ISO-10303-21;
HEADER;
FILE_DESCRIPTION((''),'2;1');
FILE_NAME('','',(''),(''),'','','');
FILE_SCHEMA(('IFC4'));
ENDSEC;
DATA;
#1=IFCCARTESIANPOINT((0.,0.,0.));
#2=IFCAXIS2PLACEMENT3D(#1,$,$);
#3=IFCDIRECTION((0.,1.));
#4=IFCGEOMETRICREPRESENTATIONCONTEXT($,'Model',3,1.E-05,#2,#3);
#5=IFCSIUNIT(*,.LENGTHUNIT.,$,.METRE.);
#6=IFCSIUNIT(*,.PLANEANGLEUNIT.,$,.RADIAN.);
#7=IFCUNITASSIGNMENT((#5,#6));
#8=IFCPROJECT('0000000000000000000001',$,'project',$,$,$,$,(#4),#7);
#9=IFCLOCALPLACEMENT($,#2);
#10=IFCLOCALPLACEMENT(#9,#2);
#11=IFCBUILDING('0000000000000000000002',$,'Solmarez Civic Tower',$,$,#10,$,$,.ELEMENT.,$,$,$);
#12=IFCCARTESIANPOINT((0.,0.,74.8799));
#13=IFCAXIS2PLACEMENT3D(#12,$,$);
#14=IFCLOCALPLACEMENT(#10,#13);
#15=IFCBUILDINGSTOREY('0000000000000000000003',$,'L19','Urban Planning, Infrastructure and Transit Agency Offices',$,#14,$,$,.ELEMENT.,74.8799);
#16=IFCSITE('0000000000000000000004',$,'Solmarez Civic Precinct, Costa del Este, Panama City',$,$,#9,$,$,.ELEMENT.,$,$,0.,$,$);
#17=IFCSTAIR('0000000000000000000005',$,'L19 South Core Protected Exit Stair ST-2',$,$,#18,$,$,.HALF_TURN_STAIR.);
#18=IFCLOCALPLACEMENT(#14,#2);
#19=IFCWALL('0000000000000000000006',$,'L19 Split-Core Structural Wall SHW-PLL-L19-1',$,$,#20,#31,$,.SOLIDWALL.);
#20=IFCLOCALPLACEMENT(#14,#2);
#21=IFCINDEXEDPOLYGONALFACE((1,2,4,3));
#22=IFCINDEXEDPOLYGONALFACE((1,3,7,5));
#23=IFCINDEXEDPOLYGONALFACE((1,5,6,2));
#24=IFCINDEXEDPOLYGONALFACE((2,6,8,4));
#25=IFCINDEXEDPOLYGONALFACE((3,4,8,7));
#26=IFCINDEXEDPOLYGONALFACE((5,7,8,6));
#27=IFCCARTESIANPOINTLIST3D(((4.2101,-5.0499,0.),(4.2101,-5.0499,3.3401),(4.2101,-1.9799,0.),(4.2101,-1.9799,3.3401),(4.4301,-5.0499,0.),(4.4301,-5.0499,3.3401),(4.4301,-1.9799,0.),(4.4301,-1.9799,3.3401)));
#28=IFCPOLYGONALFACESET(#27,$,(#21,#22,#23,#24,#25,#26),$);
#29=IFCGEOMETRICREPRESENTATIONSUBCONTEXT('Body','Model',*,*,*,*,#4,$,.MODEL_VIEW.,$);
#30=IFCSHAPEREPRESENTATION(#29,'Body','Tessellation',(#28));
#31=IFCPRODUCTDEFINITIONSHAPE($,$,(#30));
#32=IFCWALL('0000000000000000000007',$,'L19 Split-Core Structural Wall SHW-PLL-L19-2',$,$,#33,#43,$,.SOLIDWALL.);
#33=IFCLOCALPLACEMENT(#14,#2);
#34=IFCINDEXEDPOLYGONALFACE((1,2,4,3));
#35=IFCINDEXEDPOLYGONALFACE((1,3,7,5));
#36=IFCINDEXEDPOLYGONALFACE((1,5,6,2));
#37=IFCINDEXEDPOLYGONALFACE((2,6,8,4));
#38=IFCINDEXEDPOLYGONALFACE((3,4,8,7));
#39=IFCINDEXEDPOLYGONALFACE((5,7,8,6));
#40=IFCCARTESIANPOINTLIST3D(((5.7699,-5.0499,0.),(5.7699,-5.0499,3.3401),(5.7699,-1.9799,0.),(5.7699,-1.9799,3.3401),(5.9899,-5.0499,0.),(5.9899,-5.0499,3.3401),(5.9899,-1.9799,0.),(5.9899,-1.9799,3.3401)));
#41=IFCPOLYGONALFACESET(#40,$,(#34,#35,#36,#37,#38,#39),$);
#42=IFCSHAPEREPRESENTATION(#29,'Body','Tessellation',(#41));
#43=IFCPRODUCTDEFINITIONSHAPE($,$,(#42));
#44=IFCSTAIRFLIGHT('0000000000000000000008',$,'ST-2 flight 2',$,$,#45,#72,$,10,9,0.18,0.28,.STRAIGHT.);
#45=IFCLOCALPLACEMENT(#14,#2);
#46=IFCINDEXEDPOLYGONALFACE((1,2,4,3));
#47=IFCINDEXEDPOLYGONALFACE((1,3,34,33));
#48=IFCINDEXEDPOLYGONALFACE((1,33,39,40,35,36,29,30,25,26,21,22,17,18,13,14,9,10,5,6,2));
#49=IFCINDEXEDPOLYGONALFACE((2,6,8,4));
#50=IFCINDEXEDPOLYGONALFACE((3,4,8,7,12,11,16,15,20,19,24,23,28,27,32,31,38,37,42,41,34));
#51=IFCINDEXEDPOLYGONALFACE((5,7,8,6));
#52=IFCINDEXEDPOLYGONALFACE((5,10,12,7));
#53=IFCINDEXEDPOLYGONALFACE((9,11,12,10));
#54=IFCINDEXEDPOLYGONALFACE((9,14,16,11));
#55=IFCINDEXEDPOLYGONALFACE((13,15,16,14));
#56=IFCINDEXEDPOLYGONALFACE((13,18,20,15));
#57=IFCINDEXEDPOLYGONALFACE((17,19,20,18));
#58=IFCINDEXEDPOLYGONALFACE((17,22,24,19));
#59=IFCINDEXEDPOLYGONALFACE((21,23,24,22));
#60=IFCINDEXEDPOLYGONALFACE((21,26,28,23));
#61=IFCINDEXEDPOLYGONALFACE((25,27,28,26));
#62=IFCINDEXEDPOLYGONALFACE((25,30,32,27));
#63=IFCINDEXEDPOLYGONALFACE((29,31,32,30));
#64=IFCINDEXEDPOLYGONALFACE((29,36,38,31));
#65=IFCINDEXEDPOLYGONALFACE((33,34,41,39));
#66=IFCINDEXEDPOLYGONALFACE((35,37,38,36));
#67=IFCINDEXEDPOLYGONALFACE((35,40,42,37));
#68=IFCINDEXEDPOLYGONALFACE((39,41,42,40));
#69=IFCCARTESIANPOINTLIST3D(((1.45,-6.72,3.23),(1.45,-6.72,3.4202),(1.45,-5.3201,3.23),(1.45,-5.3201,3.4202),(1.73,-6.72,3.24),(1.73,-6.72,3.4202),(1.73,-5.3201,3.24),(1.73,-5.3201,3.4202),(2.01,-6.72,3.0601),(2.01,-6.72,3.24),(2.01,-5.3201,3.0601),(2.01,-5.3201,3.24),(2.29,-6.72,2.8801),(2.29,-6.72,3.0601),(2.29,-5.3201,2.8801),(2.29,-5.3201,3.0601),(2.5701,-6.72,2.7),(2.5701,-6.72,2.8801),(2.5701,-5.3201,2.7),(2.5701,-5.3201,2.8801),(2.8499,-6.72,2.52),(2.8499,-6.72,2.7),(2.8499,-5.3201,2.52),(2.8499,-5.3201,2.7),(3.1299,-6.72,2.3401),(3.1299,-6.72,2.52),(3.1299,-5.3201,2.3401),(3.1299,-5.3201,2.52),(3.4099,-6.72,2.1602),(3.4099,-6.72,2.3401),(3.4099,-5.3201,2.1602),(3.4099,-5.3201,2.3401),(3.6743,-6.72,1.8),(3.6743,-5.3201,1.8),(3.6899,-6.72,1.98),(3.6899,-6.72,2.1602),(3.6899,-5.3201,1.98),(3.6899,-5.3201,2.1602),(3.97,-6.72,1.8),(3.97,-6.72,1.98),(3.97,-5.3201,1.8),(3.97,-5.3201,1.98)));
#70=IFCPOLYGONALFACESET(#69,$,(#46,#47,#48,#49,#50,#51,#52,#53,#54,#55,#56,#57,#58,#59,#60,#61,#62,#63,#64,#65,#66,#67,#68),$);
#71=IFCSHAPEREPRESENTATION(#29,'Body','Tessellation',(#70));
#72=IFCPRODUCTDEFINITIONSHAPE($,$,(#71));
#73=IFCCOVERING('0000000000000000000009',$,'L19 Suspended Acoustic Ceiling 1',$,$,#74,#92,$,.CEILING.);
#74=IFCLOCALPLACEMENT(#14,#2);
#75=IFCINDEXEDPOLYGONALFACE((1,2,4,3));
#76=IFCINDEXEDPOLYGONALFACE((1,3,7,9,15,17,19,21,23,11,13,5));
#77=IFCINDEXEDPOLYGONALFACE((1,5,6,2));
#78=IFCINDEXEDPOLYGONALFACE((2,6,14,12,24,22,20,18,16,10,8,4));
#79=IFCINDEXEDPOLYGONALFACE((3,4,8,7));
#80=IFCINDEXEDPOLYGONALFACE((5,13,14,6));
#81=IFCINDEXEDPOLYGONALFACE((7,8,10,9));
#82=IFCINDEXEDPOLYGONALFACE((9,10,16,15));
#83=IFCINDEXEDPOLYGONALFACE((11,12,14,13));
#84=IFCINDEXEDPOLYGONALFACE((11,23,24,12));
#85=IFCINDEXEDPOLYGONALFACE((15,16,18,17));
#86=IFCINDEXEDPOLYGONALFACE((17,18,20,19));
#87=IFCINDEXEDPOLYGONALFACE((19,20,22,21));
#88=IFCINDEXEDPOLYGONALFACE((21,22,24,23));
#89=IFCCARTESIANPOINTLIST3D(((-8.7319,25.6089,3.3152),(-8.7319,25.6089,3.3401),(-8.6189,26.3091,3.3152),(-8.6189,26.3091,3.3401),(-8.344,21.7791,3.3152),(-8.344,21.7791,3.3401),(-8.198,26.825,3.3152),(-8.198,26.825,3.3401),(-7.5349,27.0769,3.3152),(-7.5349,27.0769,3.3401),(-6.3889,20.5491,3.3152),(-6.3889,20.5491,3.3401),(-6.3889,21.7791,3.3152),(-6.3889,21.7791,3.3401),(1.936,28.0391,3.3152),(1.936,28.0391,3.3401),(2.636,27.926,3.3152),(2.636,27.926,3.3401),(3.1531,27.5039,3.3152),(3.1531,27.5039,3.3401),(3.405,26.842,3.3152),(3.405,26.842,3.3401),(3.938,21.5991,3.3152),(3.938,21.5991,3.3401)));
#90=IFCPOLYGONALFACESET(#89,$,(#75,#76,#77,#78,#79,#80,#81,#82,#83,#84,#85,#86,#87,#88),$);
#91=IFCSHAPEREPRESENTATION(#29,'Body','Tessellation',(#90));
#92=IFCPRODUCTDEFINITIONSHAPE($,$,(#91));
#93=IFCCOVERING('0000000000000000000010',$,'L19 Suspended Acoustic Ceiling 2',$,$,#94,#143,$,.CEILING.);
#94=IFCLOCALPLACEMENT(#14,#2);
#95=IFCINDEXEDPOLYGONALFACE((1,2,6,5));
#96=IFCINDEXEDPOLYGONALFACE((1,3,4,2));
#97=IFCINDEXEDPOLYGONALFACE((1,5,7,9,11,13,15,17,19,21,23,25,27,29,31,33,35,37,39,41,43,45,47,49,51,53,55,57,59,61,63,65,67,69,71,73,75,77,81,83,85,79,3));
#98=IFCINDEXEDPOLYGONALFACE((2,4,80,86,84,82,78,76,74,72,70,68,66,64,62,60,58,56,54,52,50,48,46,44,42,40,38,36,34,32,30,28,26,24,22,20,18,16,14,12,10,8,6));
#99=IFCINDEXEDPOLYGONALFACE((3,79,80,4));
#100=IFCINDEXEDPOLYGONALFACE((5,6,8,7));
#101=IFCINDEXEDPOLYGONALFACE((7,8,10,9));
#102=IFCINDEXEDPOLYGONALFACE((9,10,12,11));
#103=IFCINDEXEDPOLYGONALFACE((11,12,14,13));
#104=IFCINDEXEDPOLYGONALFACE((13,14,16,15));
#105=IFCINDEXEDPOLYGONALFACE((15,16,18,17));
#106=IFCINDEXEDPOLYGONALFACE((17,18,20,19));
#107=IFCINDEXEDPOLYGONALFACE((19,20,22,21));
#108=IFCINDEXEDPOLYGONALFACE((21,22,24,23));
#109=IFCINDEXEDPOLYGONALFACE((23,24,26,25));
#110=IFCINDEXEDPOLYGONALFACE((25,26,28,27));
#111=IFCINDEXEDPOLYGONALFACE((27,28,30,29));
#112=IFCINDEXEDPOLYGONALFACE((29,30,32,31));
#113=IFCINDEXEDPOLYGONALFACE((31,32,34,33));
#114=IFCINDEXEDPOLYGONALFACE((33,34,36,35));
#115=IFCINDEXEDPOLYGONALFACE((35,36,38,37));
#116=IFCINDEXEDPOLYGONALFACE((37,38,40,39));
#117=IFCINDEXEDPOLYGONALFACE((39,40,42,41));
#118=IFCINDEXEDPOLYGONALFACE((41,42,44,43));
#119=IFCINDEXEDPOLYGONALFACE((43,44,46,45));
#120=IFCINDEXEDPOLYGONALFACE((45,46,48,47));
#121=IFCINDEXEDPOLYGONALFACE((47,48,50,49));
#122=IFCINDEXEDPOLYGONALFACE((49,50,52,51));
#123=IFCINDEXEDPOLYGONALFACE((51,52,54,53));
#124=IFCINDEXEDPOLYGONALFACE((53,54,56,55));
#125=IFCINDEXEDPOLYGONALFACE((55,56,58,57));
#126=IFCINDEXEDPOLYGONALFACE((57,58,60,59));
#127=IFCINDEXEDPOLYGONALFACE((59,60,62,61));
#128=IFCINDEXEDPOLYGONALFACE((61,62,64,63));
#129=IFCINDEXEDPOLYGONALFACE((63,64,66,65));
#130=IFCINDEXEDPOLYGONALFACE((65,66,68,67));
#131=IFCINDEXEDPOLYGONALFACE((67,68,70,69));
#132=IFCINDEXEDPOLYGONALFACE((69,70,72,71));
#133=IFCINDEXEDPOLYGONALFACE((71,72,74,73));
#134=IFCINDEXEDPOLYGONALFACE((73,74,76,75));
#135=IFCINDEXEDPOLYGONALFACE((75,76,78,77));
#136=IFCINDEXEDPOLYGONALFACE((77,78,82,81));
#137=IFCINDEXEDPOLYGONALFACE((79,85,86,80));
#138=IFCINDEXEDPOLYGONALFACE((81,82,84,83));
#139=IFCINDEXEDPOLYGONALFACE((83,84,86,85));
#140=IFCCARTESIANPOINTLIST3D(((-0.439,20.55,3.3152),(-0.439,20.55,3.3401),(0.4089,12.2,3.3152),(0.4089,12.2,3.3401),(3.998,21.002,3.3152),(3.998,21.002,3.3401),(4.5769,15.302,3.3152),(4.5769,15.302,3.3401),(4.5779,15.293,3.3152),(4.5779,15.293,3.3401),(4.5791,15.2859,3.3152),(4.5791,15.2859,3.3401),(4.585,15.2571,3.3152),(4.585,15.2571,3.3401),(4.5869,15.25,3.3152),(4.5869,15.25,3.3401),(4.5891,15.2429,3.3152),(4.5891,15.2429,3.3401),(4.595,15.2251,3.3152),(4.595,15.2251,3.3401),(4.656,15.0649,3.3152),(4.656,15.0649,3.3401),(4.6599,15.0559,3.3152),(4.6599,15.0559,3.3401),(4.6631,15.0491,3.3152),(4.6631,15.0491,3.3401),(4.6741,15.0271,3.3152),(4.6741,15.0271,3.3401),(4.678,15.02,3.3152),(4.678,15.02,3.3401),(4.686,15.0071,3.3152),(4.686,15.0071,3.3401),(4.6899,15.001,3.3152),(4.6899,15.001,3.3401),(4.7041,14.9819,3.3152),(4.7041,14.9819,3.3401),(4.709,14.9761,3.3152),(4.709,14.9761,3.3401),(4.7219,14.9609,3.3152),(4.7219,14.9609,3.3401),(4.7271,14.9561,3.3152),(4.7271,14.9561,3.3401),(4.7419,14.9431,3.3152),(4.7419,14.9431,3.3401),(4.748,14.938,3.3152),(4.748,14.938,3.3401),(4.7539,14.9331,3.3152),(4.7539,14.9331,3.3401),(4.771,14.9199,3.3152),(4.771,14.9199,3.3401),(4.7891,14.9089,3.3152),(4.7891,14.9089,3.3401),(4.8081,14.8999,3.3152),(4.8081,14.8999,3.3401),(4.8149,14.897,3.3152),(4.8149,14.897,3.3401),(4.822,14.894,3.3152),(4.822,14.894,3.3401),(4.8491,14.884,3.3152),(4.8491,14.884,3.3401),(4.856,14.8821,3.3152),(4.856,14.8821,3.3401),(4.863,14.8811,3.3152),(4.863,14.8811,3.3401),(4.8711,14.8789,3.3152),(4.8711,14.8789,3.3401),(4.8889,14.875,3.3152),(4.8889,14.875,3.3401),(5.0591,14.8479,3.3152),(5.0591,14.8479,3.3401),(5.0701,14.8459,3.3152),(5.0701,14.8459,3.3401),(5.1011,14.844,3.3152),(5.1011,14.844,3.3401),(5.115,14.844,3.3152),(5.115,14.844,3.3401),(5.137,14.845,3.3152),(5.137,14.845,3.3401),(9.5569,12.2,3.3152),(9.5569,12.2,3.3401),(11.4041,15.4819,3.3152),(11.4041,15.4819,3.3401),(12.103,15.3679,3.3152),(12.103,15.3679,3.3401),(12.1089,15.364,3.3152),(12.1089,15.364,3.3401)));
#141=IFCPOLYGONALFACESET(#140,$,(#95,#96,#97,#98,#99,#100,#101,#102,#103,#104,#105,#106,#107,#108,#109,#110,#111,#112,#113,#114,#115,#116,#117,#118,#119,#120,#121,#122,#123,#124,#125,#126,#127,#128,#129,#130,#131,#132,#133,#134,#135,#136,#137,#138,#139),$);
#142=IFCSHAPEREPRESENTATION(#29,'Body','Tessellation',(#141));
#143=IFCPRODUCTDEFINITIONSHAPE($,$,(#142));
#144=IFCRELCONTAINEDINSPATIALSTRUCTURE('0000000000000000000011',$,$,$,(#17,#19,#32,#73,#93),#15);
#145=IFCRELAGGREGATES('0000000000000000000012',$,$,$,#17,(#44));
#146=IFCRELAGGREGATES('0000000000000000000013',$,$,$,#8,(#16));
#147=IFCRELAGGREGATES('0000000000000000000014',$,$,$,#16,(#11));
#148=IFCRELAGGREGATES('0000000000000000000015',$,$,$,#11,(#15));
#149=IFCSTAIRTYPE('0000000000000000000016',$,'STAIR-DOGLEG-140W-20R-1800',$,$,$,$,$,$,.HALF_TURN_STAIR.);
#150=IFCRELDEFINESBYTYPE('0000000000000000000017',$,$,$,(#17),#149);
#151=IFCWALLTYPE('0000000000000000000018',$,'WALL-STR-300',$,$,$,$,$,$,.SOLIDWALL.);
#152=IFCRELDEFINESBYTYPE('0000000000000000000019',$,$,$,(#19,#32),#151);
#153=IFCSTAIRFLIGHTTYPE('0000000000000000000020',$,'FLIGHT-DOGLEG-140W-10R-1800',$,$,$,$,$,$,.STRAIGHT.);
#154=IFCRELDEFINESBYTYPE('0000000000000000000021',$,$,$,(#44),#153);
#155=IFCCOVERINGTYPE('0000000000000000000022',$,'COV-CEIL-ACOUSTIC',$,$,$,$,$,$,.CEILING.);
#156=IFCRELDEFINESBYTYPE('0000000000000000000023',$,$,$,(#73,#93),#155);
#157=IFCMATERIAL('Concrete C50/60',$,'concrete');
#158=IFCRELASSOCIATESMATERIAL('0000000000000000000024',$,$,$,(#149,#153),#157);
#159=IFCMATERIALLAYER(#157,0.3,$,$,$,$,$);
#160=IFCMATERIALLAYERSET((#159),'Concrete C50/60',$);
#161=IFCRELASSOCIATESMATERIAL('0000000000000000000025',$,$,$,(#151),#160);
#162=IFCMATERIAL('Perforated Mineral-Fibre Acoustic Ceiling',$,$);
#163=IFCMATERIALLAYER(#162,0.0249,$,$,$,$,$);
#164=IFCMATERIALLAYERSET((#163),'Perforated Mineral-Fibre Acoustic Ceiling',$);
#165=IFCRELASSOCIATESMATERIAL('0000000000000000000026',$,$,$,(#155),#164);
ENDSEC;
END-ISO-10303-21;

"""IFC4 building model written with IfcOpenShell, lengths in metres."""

from ifc_helpers import new_model, si_unit, direction, frame, frame_2d, origin, place, context, subcontext, project, spatial, polyline, rectangle, outline, extrude, material, layer, layer_set, type_object, element, aggregate, save


model = new_model("IFC4")

# Units and contexts
model_context = context("Model", 3, precision=1e-05, world=origin(), true_north=direction((0.0, 1.0)))
body_context = subcontext(model_context, "Body", "Model", "MODEL_VIEW")
ifc_project = project(units=[si_unit("LENGTHUNIT", "METRE"), si_unit("PLANEANGLEUNIT", "RADIAN")], contexts=[model_context])

# Site, building, storey
site_placement = place(None, origin())
site = spatial("IfcSite", under=ifc_project, at=site_placement, Name="Solmarez Civic Precinct, Costa del Este, Panama City", CompositionType="ELEMENT", RefElevation=0.0)
building_placement = place(site_placement, origin())
building = spatial("IfcBuilding", under=site, at=building_placement, Name="Solmarez Civic Tower", CompositionType="ELEMENT")
storey_placement = place(building_placement, frame((0.0, 0.0, 74.8799)))
storey = spatial("IfcBuildingStorey", under=building, at=storey_placement, Name="L19", Description="Urban Planning, Infrastructure and Transit Agency Offices", CompositionType="ELEMENT", Elevation=74.8799)

# Stair
ifc_material_1 = material(Name="Concrete C50/60", Category="concrete")
stair_type = type_object("IfcStairType", Name="STAIR-DOGLEG-140W-20R-1800", PredefinedType="HALF_TURN_STAIR", material=ifc_material_1)
stair_1_placement = place(storey_placement, origin())
stair_1 = element("IfcStair", 1, at=stair_1_placement, inside=storey, type_object=stair_type, Name="L19 South Core Protected Exit Stair ST-2", PredefinedType="HALF_TURN_STAIR")

# Walls
ifc_layer_1 = layer(ifc_material_1, 0.3)
ifc_layer_set_1 = layer_set([ifc_layer_1], Name="Concrete C50/60")
wall_type = type_object("IfcWallType", Name="WALL-STR-300", PredefinedType="SOLIDWALL", material=ifc_layer_set_1)
for number, where, z_axis, x_axis, name in (
    (2, (4.3201, -5.05, 0.0), (0.0, 0.0, 1.0), (0.0, 1.0, 0.0), "L19 Split-Core Structural Wall SHW-PLL-L19-1"),
    (3, (5.8799, -5.05, 0.0), (0.0, 0.0, 1.0), (0.0, 1.0, 0.0), "L19 Split-Core Structural Wall SHW-PLL-L19-2"),
):
    element("IfcWall", number, at=place(storey_placement, frame(where, z_axis=z_axis, x_axis=x_axis)), inside=storey, type_object=wall_type, Name=name, PredefinedType="SOLIDWALL", context=body_context, shape_type="SweptSolid", body=[
        extrude(rectangle(XDim=3.0701, YDim=0.22, at=frame_2d((1.5352, 0.0))), origin(), (0.0, 0.0, 1.0), 3.3401),
    ])

# Stair flight
stair_flight_type = type_object("IfcStairFlightType", Name="FLIGHT-DOGLEG-140W-10R-1800", PredefinedType="STRAIGHT", material=ifc_material_1)
stair_flight_placement = place(storey_placement, frame((3.97, -6.02, 1.8), z_axis=(0.0, 0.0, 1.0), x_axis=(-1.0, 0.0, 0.0)))
stair_flight = element("IfcStairFlight", 4, at=stair_flight_placement, type_object=stair_flight_type, Name="ST-2 flight 2", NumberOfRisers=10, NumberOfTreads=9, PredefinedType="STRAIGHT", RiserHeight=0.18, TreadLength=0.28, context=body_context, shape_type="SweptSolid", body=[
    extrude(outline(polyline([(0.0, 0.0), (0.0, 0.1799), (0.28, 0.1799), (0.28, 0.3601), (0.5601, 0.3601), (0.5601, 0.54), (0.8401, 0.54), (0.8401, 0.72), (1.1201, 0.72), (1.1201, 0.8999), (1.3999, 0.8999), (1.3999, 1.0801), (1.6799, 1.0801), (1.6799, 1.26), (1.96, 1.26), (1.96, 1.4399), (2.24, 1.4399), (2.24, 1.6201), (2.52, 1.6201), (2.52, 1.8), (2.52, 1.4299), (0.2957, 0.0), (0.0, 0.0)])), frame((0.0, 0.7, 0.0), z_axis=(0.0, -1.0, 0.0), x_axis=(1.0, 0.0, 0.0)), (0.0, 0.0, 1.0), 1.3999),
])
aggregate(stair_1, [stair_flight])

# Coverings
ifc_material_2 = material(Name="Perforated Mineral-Fibre Acoustic Ceiling")
ifc_layer_2 = layer(ifc_material_2, 0.0249)
ifc_layer_set_2 = layer_set([ifc_layer_2], Name="Perforated Mineral-Fibre Acoustic Ceiling")
covering_type_1 = type_object("IfcCoveringType", Name="COV-CEIL-ACOUSTIC", PredefinedType="CEILING", material=ifc_layer_set_2)
covering_1_placement = place(storey_placement, frame((0.0, 0.0, 3.3152)))
element("IfcCovering", 5, at=covering_1_placement, inside=storey, type_object=covering_type_1, Name="L19 Suspended Acoustic Ceiling 1", PredefinedType="CEILING", context=body_context, shape_type="SweptSolid", body=[
    extrude(outline(polyline([(3.938, 21.5991), (3.405, 26.842), (3.1531, 27.5039), (2.636, 27.926), (1.936, 28.0391), (-7.5349, 27.0769), (-8.198, 26.825), (-8.6189, 26.3091), (-8.7319, 25.6089), (-8.344, 21.7791), (-6.3889, 21.7791), (-6.3889, 20.5491), (3.938, 21.5991)])), origin(), (0.0, 0.0, 1.0), 0.0249),
])
covering_2_placement = place(storey_placement, frame((0.0, 0.0, 3.3152)))
element("IfcCovering", 6, at=covering_2_placement, inside=storey, type_object=covering_type_1, Name="L19 Suspended Acoustic Ceiling 2", PredefinedType="CEILING", context=body_context, shape_type="SweptSolid", body=[
    extrude(outline(polyline([(0.4089, 12.2), (9.5569, 12.2), (12.1089, 15.364), (12.103, 15.3679), (11.4041, 15.4819), (5.137, 14.845), (5.115, 14.844), (5.1011, 14.844), (5.0701, 14.8459), (5.0591, 14.8479), (4.8889, 14.875), (4.8711, 14.8789), (4.863, 14.8811), (4.856, 14.8821), (4.8491, 14.884), (4.822, 14.894), (4.8149, 14.897), (4.8081, 14.8999), (4.7891, 14.9089), (4.771, 14.9199), (4.7539, 14.9331), (4.748, 14.938), (4.7419, 14.9431), (4.7271, 14.9561), (4.7219, 14.9609), (4.709, 14.9761), (4.7041, 14.9819), (4.6899, 15.001), (4.686, 15.0071), (4.678, 15.02), (4.6741, 15.0271), (4.6631, 15.0491), (4.6599, 15.0559), (4.656, 15.0649), (4.595, 15.2251), (4.5891, 15.2429), (4.5869, 15.25), (4.585, 15.2571), (4.5791, 15.2859), (4.5779, 15.293), (4.5769, 15.302), (3.998, 21.002), (-0.439, 20.55), (0.4089, 12.2)])), origin(), (0.0, 0.0, 1.0), 0.0249),
])

save(model, "model.ifc")
